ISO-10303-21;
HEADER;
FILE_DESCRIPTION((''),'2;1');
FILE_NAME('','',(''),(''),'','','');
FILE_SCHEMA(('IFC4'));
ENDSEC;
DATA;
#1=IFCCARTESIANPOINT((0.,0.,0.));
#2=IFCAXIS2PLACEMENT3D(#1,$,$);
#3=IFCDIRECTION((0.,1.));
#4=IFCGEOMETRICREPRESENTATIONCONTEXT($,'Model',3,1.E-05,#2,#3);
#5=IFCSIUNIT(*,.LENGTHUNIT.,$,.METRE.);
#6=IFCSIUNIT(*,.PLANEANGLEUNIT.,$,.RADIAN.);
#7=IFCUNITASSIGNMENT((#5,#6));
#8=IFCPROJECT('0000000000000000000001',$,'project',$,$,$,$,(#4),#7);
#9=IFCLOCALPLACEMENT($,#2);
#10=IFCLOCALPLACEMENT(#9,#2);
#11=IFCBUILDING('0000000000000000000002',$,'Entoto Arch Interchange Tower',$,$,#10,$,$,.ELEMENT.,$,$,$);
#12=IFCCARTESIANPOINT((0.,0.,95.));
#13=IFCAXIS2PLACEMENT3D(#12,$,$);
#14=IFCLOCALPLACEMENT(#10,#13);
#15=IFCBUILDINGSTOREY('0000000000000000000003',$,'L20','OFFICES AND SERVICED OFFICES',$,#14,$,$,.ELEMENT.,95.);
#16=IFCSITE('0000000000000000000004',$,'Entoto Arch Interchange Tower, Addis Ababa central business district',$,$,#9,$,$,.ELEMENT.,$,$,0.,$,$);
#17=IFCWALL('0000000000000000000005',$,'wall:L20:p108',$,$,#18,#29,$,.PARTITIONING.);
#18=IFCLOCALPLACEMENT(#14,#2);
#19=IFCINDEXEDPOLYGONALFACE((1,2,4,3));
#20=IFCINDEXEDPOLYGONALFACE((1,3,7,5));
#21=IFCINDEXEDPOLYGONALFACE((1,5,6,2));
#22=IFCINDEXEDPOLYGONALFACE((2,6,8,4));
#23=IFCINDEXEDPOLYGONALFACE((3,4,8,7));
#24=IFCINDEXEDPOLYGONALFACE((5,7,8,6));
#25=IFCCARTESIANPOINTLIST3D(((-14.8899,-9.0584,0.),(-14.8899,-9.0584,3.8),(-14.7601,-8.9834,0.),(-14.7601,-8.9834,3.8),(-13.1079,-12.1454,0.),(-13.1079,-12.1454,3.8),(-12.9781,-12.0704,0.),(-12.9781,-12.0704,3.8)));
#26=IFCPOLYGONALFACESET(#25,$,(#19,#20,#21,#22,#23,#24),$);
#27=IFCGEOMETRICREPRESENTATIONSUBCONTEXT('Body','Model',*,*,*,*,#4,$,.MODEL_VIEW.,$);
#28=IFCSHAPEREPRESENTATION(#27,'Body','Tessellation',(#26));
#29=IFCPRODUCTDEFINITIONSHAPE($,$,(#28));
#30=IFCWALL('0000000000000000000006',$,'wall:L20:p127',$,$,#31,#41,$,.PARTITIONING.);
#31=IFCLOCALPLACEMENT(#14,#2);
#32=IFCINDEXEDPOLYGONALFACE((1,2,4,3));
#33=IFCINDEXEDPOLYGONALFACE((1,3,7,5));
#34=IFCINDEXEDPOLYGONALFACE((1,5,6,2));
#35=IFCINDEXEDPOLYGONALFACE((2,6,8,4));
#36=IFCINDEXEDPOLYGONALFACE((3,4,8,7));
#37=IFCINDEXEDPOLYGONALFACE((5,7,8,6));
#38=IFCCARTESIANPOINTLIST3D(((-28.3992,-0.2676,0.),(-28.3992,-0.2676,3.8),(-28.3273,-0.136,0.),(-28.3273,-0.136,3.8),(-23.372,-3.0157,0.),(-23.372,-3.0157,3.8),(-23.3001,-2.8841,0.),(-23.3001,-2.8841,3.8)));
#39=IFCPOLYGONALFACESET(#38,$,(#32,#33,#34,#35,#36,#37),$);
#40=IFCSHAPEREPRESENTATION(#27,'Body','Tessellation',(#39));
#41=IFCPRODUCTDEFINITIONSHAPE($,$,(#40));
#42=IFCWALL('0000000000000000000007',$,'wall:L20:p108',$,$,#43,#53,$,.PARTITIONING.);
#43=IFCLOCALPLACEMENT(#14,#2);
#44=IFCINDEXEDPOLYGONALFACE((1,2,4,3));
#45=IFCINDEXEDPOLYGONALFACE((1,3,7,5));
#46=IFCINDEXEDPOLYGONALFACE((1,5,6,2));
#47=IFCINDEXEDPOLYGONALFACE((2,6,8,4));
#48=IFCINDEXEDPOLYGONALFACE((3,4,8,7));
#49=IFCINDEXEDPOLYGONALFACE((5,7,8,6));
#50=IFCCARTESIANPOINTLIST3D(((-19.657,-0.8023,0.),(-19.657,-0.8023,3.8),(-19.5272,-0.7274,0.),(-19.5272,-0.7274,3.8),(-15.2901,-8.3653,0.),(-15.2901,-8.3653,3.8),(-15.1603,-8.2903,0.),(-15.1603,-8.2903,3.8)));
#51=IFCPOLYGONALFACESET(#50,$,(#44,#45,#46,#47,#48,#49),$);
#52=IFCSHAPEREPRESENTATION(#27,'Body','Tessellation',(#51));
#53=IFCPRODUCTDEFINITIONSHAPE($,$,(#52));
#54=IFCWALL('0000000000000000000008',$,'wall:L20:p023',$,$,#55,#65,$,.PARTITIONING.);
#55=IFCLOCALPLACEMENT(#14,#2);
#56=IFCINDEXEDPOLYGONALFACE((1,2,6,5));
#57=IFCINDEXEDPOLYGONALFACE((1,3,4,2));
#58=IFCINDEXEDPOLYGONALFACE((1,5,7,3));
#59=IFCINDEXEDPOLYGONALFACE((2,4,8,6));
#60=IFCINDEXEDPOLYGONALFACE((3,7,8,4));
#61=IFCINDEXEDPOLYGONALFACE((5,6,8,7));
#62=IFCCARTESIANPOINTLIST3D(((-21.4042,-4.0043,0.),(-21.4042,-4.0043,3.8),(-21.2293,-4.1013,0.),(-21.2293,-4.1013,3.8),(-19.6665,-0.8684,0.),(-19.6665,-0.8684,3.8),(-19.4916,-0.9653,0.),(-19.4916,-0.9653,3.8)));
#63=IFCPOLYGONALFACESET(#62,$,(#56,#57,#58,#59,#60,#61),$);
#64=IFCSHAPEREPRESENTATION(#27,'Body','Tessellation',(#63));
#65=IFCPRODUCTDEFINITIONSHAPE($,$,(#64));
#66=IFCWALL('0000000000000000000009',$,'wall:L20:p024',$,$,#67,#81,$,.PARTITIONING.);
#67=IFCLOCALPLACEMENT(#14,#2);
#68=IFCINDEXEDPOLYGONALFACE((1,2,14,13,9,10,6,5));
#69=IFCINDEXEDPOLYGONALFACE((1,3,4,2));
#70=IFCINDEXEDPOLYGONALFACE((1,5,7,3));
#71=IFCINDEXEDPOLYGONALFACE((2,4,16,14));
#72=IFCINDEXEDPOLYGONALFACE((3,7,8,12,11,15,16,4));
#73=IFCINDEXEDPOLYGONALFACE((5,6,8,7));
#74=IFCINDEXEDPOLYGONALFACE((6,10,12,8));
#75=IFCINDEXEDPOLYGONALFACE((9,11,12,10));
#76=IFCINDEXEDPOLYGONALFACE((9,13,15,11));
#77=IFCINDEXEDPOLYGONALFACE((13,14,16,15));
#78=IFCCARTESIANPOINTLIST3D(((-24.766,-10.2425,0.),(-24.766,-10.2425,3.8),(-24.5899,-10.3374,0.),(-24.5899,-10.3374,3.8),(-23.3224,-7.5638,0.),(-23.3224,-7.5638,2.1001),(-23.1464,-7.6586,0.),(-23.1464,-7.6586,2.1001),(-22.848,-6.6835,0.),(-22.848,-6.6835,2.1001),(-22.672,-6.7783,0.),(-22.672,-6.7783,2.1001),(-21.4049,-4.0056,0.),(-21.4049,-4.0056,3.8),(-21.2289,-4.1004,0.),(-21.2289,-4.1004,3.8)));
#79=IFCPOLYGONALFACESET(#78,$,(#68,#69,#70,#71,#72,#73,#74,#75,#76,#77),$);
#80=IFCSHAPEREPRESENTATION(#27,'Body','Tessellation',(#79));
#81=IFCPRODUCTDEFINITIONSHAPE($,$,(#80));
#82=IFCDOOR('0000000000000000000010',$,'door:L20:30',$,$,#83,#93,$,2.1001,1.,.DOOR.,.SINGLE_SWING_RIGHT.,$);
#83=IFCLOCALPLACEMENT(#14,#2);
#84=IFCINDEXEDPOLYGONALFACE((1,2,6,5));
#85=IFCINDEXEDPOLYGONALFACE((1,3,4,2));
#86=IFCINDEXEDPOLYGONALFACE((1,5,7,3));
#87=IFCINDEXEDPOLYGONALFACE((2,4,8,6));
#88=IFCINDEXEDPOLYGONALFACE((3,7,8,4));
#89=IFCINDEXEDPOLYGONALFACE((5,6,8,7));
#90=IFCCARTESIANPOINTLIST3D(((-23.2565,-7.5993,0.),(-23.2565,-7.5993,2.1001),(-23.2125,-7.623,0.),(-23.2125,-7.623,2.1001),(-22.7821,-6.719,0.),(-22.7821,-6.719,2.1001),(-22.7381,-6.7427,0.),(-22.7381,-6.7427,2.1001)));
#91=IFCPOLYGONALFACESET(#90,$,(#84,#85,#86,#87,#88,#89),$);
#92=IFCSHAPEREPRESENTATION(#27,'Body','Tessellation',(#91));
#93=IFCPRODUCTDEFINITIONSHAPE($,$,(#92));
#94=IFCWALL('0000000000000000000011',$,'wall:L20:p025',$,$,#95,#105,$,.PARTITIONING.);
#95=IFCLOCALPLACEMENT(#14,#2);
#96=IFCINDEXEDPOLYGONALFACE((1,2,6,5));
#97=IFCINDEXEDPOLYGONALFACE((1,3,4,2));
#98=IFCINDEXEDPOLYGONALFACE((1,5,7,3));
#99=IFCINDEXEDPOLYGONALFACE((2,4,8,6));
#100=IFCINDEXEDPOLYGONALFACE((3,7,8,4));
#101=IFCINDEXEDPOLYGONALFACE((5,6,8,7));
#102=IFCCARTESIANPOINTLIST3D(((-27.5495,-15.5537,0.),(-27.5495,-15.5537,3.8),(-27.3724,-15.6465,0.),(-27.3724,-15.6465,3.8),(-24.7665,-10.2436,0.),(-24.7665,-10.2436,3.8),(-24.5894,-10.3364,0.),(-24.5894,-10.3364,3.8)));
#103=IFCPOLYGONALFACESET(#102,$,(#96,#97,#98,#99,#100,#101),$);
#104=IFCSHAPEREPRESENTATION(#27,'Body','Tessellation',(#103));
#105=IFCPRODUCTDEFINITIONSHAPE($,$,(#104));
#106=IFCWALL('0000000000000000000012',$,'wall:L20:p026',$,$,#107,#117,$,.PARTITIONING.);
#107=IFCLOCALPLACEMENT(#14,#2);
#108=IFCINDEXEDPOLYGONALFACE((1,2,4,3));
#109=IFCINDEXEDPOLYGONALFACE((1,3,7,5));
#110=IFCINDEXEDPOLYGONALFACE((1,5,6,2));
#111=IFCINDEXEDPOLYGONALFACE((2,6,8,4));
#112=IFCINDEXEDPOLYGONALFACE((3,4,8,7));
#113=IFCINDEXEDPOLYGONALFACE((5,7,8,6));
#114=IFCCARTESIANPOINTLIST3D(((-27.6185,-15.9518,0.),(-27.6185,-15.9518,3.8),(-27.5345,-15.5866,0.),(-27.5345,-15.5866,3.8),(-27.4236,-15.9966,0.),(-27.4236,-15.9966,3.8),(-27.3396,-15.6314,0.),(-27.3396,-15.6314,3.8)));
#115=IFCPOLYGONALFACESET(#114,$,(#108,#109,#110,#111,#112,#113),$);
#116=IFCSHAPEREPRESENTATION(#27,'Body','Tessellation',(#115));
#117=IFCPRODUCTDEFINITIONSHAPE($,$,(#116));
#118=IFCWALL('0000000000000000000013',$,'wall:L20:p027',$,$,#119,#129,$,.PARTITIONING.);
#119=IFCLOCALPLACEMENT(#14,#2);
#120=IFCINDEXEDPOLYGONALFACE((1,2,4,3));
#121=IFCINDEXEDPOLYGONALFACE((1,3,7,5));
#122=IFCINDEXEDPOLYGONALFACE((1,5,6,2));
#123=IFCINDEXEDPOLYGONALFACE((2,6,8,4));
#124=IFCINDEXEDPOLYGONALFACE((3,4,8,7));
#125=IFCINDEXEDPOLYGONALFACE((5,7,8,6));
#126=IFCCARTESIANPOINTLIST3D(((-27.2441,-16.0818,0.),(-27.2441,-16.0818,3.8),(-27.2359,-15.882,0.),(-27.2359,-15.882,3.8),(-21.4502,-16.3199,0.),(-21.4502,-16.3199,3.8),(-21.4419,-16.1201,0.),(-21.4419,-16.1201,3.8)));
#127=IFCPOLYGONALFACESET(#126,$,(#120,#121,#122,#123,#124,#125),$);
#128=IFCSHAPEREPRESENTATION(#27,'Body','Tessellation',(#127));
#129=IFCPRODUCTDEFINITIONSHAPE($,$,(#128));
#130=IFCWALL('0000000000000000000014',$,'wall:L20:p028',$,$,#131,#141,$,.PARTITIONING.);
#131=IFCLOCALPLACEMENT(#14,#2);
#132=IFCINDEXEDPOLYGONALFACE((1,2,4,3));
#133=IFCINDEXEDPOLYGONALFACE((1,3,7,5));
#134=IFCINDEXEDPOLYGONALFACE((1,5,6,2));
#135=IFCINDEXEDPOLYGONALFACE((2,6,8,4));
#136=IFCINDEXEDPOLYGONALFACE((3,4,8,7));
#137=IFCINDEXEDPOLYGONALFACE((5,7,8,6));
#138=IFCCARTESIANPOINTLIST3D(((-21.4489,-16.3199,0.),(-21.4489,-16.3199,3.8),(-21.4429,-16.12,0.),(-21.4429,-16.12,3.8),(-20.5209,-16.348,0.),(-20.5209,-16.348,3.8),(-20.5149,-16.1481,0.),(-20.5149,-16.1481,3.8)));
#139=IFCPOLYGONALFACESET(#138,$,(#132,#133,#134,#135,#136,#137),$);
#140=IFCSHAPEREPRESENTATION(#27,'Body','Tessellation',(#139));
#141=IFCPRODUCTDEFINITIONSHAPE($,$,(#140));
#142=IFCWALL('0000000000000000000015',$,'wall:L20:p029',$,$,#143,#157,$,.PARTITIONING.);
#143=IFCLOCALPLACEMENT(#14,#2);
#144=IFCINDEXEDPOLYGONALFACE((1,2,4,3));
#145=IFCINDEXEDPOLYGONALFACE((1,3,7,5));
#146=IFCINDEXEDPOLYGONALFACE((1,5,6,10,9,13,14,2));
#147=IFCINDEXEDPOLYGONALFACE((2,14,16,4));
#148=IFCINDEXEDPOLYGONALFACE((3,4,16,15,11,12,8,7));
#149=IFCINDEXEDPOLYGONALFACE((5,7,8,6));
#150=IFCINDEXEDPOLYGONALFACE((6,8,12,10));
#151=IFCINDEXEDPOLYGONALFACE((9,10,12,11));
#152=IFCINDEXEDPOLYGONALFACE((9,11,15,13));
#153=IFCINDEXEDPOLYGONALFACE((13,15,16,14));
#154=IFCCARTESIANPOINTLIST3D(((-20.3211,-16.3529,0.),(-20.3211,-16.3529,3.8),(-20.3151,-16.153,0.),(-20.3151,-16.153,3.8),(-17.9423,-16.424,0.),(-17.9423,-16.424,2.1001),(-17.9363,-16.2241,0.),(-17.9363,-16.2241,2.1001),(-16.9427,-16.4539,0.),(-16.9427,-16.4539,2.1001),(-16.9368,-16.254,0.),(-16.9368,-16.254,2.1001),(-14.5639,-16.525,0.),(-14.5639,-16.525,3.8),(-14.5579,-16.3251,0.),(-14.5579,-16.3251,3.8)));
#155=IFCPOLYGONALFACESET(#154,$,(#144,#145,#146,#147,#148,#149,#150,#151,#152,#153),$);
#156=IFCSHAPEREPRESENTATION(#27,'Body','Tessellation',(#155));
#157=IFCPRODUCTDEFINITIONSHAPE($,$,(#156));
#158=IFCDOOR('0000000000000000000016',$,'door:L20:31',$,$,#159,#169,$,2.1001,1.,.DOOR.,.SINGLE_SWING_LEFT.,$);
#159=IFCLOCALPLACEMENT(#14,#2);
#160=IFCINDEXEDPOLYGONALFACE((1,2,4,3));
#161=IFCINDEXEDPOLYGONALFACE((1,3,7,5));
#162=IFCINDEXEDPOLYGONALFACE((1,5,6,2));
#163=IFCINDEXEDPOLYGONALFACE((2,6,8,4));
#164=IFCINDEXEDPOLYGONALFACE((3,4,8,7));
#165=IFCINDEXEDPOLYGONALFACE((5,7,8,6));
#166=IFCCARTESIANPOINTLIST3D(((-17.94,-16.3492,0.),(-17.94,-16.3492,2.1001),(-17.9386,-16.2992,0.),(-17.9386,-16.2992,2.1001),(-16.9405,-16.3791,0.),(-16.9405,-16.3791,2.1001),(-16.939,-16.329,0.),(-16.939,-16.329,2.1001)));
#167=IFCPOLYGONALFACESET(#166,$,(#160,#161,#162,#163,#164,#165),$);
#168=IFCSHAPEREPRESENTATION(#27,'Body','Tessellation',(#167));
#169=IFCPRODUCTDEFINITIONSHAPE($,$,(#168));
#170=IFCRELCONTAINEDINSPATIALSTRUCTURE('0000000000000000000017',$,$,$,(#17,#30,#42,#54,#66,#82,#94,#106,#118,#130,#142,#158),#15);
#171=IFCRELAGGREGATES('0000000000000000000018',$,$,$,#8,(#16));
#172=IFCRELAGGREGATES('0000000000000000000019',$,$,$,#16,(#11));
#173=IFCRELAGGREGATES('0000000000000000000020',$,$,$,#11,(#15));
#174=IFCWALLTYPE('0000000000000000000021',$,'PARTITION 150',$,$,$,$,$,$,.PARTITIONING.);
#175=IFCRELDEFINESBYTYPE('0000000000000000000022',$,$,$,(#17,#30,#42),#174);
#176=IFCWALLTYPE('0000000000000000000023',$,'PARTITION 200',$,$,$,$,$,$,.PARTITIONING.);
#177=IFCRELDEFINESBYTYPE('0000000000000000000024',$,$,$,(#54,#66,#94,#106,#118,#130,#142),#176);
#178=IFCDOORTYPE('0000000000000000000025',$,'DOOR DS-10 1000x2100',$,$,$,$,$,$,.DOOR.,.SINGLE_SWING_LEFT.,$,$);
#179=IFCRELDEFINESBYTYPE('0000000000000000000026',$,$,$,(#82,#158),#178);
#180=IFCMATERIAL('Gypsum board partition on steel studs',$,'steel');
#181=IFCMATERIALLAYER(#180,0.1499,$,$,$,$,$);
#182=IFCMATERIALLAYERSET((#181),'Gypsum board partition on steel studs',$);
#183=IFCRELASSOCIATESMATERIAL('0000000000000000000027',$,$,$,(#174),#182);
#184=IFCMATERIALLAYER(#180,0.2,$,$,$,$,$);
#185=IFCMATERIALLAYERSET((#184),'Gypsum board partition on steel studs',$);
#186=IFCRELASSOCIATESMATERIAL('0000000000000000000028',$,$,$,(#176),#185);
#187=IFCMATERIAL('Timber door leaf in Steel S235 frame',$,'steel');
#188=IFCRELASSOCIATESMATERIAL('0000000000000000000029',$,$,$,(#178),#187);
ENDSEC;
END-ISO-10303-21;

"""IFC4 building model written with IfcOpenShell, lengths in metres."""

from ifc_helpers import new_model, si_unit, direction, frame, frame_2d, origin, place, context, subcontext, project, spatial, rectangle, extrude, material, layer, layer_set, type_object, element, fill, save


model = new_model("IFC4")

# Units and contexts
model_context = context("Model", 3, precision=1e-05, world=origin(), true_north=direction((0.0, 1.0)))
body_context = subcontext(model_context, "Body", "Model", "MODEL_VIEW")
ifc_project = project(units=[si_unit("LENGTHUNIT", "METRE"), si_unit("PLANEANGLEUNIT", "RADIAN")], contexts=[model_context])

# Site, building, storey
site_placement = place(None, origin())
site = spatial("IfcSite", under=ifc_project, at=site_placement, Name="Entoto Arch Interchange Tower, Addis Ababa central business district", CompositionType="ELEMENT", RefElevation=0.0)
building_placement = place(site_placement, origin())
building = spatial("IfcBuilding", under=site, at=building_placement, Name="Entoto Arch Interchange Tower", CompositionType="ELEMENT")
storey_placement = place(building_placement, frame((0.0, 0.0, 95.0)))
storey = spatial("IfcBuildingStorey", under=building, at=storey_placement, Name="L20", Description="OFFICES AND SERVICED OFFICES", CompositionType="ELEMENT", Elevation=95.0)

# Walls
ifc_material_1 = material(Name="Gypsum board partition on steel studs", Category="steel")
ifc_layer_1 = layer(ifc_material_1, 0.1499)
ifc_layer_set_1 = layer_set([ifc_layer_1], Name="Gypsum board partition on steel studs")
wall_type_1 = type_object("IfcWallType", Name="PARTITION 150", PredefinedType="PARTITIONING", material=ifc_layer_set_1)
wall_1_placement = place(storey_placement, frame((-13.043, -12.1079, 0.0), z_axis=(0.0, 0.0, 1.0), x_axis=(-0.499948, 0.866056, 0.0)))
element("IfcWall", 1, at=wall_1_placement, inside=storey, type_object=wall_type_1, Name="wall:L20:p108", PredefinedType="PARTITIONING", context=body_context, shape_type="SweptSolid", body=[
    extrude(rectangle(XDim=3.5645, YDim=0.1499, at=frame_2d((1.7822, 0.0))), origin(), (0.0, 0.0, 1.0), 3.8),
])
wall_2_placement = place(storey_placement, frame((-23.3359, -2.95, 0.0), z_axis=(0.0, 0.0, 1.0), x_axis=(-0.877455, 0.479658, 0.0)))
element("IfcWall", 2, at=wall_2_placement, inside=storey, type_object=wall_type_1, Name="wall:L20:p127", PredefinedType="PARTITIONING", context=body_context, shape_type="SweptSolid", body=[
    extrude(rectangle(XDim=5.7292, YDim=0.1499, at=frame_2d((2.8647, 0.0))), origin(), (0.0, 0.0, 1.0), 3.8),
])
wall_3_placement = place(storey_placement, frame((-15.2251, -8.3279, 0.0), z_axis=(0.0, 0.0, 1.0), x_axis=(-0.500039, 0.866003, 0.0)))
element("IfcWall", 3, at=wall_3_placement, inside=storey, type_object=wall_type_1, Name="wall:L20:p108", PredefinedType="PARTITIONING", context=body_context, shape_type="SweptSolid", body=[
    extrude(rectangle(XDim=8.7332, YDim=0.1499, at=frame_2d((4.3667, 0.0))), origin(), (0.0, 0.0, 1.0), 3.8),
])
ifc_layer_2 = layer(ifc_material_1, 0.2)
ifc_layer_set_2 = layer_set([ifc_layer_2], Name="Gypsum board partition on steel studs")
wall_type_2 = type_object("IfcWallType", Name="PARTITION 200", PredefinedType="PARTITIONING", material=ifc_layer_set_2)
wall_4_placement = place(storey_placement, frame((-19.5791, -0.917, 0.0), z_axis=(0.0, 0.0, 1.0), x_axis=(-0.4847, -0.87468, 0.0)))
element("IfcWall", 4, at=wall_4_placement, inside=storey, type_object=wall_type_2, Name="wall:L20:p023", PredefinedType="PARTITIONING", context=body_context, shape_type="SweptSolid", body=[
    extrude(rectangle(XDim=3.5852, YDim=0.2, at=frame_2d((1.7925, 0.0))), origin(), (0.0, 0.0, 1.0), 3.8),
])

# Wall, opening, door
wall_5_placement = place(storey_placement, frame((-21.3169, -4.053, 0.0), z_axis=(0.0, 0.0, 1.0), x_axis=(-0.474392, -0.880314, 0.0)))
wall_5 = element("IfcWall", 5, at=wall_5_placement, inside=storey, type_object=wall_type_2, Name="wall:L20:p024", PredefinedType="PARTITIONING", context=body_context, shape_type="SweptSolid", body=[
    extrude(rectangle(XDim=7.085, YDim=0.2, at=frame_2d((3.5425, 0.0))), origin(), (0.0, 0.0, 1.0), 3.8),
])
opening_1_placement = place(wall_5_placement, frame((3.042, 0.0, 0.0)))
opening_1 = element("IfcOpeningElement", 6, at=opening_1_placement, cuts=wall_5, PredefinedType="OPENING", context=body_context, shape_type="SweptSolid", body=[
    extrude(rectangle(XDim=1.0, YDim=2.1001, at=frame_2d((0.5, 1.05))), frame((0.0, 0.1099, 0.0), z_axis=(0.0, -1.0, 0.0), x_axis=(1.0, 0.0, 0.0)), (0.0, 0.0, 1.0), 0.22),
])
ifc_material_2 = material(Name="Timber door leaf in Steel S235 frame", Category="steel")
door_type = type_object("IfcDoorType", Name="DOOR DS-10 1000x2100", OperationType="SINGLE_SWING_LEFT", PredefinedType="DOOR", material=ifc_material_2)
door_1_placement = place(opening_1_placement, origin())
door_1 = element("IfcDoor", 7, at=door_1_placement, inside=storey, type_object=door_type, Name="door:L20:30", OperationType="SINGLE_SWING_RIGHT", OverallHeight=2.1001, OverallWidth=1.0, PredefinedType="DOOR", context=body_context, shape_type="SweptSolid", body=[
    extrude(rectangle(XDim=1.0, YDim=2.1001, at=frame_2d((0.5, 1.05))), frame((0.0, 0.0249, 0.0), z_axis=(0.0, -1.0, 0.0), x_axis=(1.0, 0.0, 0.0)), (0.0, 0.0, 1.0), 0.05),
])
fill(opening_1, door_1)

# Walls
wall_6_placement = place(storey_placement, frame((-24.678, -10.29, 0.0), z_axis=(0.0, 0.0, 1.0), x_axis=(-0.464203, -0.885729, 0.0)))
element("IfcWall", 8, at=wall_6_placement, inside=storey, type_object=wall_type_2, Name="wall:L20:p025", PredefinedType="PARTITIONING", context=body_context, shape_type="SweptSolid", body=[
    extrude(rectangle(XDim=5.9951, YDim=0.2, at=frame_2d((2.9976, 0.0))), origin(), (0.0, 0.0, 1.0), 3.8),
])
wall_7_placement = place(storey_placement, frame((-27.437, -15.6089, 0.0), z_axis=(0.0, 0.0, 1.0), x_axis=(-0.224098, -0.974567, 0.0)))
element("IfcWall", 9, at=wall_7_placement, inside=storey, type_object=wall_type_2, Name="wall:L20:p026", PredefinedType="PARTITIONING", context=body_context, shape_type="SweptSolid", body=[
    extrude(rectangle(XDim=0.3748, YDim=0.2, at=frame_2d((0.1875, 0.0))), origin(), (0.0, 0.0, 1.0), 3.8),
])
wall_8_placement = place(storey_placement, frame((-27.24, -15.9819, 0.0), z_axis=(0.0, 0.0, 1.0), x_axis=(0.999157, -0.041049, 0.0)))
element("IfcWall", 10, at=wall_8_placement, inside=storey, type_object=wall_type_2, Name="wall:L20:p027", PredefinedType="PARTITIONING", context=body_context, shape_type="SweptSolid", body=[
    extrude(rectangle(XDim=5.7988, YDim=0.2, at=frame_2d((2.8994, 0.0))), origin(), (0.0, 0.0, 1.0), 3.8),
])
wall_9_placement = place(storey_placement, frame((-21.446, -16.22, 0.0), z_axis=(0.0, 0.0, 1.0), x_axis=(0.999543, -0.030241, 0.0)))
element("IfcWall", 11, at=wall_9_placement, inside=storey, type_object=wall_type_2, Name="wall:L20:p028", PredefinedType="PARTITIONING", context=body_context, shape_type="SweptSolid", body=[
    extrude(rectangle(XDim=0.9285, YDim=0.2, at=frame_2d((0.4644, 0.0))), origin(), (0.0, 0.0, 1.0), 3.8),
])

# Wall, opening, door
wall_10_placement = place(storey_placement, frame((-20.3181, -16.2529, 0.0), z_axis=(0.0, 0.0, 1.0), x_axis=(0.999553, -0.029884, 0.0)))
wall_10 = element("IfcWall", 12, at=wall_10_placement, inside=storey, type_object=wall_type_2, Name="wall:L20:p029", PredefinedType="PARTITIONING", context=body_context, shape_type="SweptSolid", body=[
    extrude(rectangle(XDim=5.7598, YDim=0.2, at=frame_2d((2.8799, 0.0))), origin(), (0.0, 0.0, 1.0), 3.8),
])
opening_2_placement = place(wall_10_placement, frame((2.3799, 0.0, 0.0)))
opening_2 = element("IfcOpeningElement", 13, at=opening_2_placement, cuts=wall_10, PredefinedType="OPENING", context=body_context, shape_type="SweptSolid", body=[
    extrude(rectangle(XDim=1.0, YDim=2.1001, at=frame_2d((0.5, 1.05))), frame((0.0, 0.1099, 0.0), z_axis=(0.0, -1.0, 0.0), x_axis=(1.0, 0.0, 0.0)), (0.0, 0.0, 1.0), 0.22),
])
door_2_placement = place(opening_2_placement, origin())
door_2 = element("IfcDoor", 14, at=door_2_placement, inside=storey, type_object=door_type, Name="door:L20:31", OperationType="SINGLE_SWING_LEFT", OverallHeight=2.1001, OverallWidth=1.0, PredefinedType="DOOR", context=body_context, shape_type="SweptSolid", body=[
    extrude(rectangle(XDim=1.0, YDim=2.1001, at=frame_2d((0.5, 1.05))), frame((0.0, 0.0249, 0.0), z_axis=(0.0, -1.0, 0.0), x_axis=(1.0, 0.0, 0.0)), (0.0, 0.0, 1.0), 0.05),
])
fill(opening_2, door_2)

save(model, "model.ifc")
